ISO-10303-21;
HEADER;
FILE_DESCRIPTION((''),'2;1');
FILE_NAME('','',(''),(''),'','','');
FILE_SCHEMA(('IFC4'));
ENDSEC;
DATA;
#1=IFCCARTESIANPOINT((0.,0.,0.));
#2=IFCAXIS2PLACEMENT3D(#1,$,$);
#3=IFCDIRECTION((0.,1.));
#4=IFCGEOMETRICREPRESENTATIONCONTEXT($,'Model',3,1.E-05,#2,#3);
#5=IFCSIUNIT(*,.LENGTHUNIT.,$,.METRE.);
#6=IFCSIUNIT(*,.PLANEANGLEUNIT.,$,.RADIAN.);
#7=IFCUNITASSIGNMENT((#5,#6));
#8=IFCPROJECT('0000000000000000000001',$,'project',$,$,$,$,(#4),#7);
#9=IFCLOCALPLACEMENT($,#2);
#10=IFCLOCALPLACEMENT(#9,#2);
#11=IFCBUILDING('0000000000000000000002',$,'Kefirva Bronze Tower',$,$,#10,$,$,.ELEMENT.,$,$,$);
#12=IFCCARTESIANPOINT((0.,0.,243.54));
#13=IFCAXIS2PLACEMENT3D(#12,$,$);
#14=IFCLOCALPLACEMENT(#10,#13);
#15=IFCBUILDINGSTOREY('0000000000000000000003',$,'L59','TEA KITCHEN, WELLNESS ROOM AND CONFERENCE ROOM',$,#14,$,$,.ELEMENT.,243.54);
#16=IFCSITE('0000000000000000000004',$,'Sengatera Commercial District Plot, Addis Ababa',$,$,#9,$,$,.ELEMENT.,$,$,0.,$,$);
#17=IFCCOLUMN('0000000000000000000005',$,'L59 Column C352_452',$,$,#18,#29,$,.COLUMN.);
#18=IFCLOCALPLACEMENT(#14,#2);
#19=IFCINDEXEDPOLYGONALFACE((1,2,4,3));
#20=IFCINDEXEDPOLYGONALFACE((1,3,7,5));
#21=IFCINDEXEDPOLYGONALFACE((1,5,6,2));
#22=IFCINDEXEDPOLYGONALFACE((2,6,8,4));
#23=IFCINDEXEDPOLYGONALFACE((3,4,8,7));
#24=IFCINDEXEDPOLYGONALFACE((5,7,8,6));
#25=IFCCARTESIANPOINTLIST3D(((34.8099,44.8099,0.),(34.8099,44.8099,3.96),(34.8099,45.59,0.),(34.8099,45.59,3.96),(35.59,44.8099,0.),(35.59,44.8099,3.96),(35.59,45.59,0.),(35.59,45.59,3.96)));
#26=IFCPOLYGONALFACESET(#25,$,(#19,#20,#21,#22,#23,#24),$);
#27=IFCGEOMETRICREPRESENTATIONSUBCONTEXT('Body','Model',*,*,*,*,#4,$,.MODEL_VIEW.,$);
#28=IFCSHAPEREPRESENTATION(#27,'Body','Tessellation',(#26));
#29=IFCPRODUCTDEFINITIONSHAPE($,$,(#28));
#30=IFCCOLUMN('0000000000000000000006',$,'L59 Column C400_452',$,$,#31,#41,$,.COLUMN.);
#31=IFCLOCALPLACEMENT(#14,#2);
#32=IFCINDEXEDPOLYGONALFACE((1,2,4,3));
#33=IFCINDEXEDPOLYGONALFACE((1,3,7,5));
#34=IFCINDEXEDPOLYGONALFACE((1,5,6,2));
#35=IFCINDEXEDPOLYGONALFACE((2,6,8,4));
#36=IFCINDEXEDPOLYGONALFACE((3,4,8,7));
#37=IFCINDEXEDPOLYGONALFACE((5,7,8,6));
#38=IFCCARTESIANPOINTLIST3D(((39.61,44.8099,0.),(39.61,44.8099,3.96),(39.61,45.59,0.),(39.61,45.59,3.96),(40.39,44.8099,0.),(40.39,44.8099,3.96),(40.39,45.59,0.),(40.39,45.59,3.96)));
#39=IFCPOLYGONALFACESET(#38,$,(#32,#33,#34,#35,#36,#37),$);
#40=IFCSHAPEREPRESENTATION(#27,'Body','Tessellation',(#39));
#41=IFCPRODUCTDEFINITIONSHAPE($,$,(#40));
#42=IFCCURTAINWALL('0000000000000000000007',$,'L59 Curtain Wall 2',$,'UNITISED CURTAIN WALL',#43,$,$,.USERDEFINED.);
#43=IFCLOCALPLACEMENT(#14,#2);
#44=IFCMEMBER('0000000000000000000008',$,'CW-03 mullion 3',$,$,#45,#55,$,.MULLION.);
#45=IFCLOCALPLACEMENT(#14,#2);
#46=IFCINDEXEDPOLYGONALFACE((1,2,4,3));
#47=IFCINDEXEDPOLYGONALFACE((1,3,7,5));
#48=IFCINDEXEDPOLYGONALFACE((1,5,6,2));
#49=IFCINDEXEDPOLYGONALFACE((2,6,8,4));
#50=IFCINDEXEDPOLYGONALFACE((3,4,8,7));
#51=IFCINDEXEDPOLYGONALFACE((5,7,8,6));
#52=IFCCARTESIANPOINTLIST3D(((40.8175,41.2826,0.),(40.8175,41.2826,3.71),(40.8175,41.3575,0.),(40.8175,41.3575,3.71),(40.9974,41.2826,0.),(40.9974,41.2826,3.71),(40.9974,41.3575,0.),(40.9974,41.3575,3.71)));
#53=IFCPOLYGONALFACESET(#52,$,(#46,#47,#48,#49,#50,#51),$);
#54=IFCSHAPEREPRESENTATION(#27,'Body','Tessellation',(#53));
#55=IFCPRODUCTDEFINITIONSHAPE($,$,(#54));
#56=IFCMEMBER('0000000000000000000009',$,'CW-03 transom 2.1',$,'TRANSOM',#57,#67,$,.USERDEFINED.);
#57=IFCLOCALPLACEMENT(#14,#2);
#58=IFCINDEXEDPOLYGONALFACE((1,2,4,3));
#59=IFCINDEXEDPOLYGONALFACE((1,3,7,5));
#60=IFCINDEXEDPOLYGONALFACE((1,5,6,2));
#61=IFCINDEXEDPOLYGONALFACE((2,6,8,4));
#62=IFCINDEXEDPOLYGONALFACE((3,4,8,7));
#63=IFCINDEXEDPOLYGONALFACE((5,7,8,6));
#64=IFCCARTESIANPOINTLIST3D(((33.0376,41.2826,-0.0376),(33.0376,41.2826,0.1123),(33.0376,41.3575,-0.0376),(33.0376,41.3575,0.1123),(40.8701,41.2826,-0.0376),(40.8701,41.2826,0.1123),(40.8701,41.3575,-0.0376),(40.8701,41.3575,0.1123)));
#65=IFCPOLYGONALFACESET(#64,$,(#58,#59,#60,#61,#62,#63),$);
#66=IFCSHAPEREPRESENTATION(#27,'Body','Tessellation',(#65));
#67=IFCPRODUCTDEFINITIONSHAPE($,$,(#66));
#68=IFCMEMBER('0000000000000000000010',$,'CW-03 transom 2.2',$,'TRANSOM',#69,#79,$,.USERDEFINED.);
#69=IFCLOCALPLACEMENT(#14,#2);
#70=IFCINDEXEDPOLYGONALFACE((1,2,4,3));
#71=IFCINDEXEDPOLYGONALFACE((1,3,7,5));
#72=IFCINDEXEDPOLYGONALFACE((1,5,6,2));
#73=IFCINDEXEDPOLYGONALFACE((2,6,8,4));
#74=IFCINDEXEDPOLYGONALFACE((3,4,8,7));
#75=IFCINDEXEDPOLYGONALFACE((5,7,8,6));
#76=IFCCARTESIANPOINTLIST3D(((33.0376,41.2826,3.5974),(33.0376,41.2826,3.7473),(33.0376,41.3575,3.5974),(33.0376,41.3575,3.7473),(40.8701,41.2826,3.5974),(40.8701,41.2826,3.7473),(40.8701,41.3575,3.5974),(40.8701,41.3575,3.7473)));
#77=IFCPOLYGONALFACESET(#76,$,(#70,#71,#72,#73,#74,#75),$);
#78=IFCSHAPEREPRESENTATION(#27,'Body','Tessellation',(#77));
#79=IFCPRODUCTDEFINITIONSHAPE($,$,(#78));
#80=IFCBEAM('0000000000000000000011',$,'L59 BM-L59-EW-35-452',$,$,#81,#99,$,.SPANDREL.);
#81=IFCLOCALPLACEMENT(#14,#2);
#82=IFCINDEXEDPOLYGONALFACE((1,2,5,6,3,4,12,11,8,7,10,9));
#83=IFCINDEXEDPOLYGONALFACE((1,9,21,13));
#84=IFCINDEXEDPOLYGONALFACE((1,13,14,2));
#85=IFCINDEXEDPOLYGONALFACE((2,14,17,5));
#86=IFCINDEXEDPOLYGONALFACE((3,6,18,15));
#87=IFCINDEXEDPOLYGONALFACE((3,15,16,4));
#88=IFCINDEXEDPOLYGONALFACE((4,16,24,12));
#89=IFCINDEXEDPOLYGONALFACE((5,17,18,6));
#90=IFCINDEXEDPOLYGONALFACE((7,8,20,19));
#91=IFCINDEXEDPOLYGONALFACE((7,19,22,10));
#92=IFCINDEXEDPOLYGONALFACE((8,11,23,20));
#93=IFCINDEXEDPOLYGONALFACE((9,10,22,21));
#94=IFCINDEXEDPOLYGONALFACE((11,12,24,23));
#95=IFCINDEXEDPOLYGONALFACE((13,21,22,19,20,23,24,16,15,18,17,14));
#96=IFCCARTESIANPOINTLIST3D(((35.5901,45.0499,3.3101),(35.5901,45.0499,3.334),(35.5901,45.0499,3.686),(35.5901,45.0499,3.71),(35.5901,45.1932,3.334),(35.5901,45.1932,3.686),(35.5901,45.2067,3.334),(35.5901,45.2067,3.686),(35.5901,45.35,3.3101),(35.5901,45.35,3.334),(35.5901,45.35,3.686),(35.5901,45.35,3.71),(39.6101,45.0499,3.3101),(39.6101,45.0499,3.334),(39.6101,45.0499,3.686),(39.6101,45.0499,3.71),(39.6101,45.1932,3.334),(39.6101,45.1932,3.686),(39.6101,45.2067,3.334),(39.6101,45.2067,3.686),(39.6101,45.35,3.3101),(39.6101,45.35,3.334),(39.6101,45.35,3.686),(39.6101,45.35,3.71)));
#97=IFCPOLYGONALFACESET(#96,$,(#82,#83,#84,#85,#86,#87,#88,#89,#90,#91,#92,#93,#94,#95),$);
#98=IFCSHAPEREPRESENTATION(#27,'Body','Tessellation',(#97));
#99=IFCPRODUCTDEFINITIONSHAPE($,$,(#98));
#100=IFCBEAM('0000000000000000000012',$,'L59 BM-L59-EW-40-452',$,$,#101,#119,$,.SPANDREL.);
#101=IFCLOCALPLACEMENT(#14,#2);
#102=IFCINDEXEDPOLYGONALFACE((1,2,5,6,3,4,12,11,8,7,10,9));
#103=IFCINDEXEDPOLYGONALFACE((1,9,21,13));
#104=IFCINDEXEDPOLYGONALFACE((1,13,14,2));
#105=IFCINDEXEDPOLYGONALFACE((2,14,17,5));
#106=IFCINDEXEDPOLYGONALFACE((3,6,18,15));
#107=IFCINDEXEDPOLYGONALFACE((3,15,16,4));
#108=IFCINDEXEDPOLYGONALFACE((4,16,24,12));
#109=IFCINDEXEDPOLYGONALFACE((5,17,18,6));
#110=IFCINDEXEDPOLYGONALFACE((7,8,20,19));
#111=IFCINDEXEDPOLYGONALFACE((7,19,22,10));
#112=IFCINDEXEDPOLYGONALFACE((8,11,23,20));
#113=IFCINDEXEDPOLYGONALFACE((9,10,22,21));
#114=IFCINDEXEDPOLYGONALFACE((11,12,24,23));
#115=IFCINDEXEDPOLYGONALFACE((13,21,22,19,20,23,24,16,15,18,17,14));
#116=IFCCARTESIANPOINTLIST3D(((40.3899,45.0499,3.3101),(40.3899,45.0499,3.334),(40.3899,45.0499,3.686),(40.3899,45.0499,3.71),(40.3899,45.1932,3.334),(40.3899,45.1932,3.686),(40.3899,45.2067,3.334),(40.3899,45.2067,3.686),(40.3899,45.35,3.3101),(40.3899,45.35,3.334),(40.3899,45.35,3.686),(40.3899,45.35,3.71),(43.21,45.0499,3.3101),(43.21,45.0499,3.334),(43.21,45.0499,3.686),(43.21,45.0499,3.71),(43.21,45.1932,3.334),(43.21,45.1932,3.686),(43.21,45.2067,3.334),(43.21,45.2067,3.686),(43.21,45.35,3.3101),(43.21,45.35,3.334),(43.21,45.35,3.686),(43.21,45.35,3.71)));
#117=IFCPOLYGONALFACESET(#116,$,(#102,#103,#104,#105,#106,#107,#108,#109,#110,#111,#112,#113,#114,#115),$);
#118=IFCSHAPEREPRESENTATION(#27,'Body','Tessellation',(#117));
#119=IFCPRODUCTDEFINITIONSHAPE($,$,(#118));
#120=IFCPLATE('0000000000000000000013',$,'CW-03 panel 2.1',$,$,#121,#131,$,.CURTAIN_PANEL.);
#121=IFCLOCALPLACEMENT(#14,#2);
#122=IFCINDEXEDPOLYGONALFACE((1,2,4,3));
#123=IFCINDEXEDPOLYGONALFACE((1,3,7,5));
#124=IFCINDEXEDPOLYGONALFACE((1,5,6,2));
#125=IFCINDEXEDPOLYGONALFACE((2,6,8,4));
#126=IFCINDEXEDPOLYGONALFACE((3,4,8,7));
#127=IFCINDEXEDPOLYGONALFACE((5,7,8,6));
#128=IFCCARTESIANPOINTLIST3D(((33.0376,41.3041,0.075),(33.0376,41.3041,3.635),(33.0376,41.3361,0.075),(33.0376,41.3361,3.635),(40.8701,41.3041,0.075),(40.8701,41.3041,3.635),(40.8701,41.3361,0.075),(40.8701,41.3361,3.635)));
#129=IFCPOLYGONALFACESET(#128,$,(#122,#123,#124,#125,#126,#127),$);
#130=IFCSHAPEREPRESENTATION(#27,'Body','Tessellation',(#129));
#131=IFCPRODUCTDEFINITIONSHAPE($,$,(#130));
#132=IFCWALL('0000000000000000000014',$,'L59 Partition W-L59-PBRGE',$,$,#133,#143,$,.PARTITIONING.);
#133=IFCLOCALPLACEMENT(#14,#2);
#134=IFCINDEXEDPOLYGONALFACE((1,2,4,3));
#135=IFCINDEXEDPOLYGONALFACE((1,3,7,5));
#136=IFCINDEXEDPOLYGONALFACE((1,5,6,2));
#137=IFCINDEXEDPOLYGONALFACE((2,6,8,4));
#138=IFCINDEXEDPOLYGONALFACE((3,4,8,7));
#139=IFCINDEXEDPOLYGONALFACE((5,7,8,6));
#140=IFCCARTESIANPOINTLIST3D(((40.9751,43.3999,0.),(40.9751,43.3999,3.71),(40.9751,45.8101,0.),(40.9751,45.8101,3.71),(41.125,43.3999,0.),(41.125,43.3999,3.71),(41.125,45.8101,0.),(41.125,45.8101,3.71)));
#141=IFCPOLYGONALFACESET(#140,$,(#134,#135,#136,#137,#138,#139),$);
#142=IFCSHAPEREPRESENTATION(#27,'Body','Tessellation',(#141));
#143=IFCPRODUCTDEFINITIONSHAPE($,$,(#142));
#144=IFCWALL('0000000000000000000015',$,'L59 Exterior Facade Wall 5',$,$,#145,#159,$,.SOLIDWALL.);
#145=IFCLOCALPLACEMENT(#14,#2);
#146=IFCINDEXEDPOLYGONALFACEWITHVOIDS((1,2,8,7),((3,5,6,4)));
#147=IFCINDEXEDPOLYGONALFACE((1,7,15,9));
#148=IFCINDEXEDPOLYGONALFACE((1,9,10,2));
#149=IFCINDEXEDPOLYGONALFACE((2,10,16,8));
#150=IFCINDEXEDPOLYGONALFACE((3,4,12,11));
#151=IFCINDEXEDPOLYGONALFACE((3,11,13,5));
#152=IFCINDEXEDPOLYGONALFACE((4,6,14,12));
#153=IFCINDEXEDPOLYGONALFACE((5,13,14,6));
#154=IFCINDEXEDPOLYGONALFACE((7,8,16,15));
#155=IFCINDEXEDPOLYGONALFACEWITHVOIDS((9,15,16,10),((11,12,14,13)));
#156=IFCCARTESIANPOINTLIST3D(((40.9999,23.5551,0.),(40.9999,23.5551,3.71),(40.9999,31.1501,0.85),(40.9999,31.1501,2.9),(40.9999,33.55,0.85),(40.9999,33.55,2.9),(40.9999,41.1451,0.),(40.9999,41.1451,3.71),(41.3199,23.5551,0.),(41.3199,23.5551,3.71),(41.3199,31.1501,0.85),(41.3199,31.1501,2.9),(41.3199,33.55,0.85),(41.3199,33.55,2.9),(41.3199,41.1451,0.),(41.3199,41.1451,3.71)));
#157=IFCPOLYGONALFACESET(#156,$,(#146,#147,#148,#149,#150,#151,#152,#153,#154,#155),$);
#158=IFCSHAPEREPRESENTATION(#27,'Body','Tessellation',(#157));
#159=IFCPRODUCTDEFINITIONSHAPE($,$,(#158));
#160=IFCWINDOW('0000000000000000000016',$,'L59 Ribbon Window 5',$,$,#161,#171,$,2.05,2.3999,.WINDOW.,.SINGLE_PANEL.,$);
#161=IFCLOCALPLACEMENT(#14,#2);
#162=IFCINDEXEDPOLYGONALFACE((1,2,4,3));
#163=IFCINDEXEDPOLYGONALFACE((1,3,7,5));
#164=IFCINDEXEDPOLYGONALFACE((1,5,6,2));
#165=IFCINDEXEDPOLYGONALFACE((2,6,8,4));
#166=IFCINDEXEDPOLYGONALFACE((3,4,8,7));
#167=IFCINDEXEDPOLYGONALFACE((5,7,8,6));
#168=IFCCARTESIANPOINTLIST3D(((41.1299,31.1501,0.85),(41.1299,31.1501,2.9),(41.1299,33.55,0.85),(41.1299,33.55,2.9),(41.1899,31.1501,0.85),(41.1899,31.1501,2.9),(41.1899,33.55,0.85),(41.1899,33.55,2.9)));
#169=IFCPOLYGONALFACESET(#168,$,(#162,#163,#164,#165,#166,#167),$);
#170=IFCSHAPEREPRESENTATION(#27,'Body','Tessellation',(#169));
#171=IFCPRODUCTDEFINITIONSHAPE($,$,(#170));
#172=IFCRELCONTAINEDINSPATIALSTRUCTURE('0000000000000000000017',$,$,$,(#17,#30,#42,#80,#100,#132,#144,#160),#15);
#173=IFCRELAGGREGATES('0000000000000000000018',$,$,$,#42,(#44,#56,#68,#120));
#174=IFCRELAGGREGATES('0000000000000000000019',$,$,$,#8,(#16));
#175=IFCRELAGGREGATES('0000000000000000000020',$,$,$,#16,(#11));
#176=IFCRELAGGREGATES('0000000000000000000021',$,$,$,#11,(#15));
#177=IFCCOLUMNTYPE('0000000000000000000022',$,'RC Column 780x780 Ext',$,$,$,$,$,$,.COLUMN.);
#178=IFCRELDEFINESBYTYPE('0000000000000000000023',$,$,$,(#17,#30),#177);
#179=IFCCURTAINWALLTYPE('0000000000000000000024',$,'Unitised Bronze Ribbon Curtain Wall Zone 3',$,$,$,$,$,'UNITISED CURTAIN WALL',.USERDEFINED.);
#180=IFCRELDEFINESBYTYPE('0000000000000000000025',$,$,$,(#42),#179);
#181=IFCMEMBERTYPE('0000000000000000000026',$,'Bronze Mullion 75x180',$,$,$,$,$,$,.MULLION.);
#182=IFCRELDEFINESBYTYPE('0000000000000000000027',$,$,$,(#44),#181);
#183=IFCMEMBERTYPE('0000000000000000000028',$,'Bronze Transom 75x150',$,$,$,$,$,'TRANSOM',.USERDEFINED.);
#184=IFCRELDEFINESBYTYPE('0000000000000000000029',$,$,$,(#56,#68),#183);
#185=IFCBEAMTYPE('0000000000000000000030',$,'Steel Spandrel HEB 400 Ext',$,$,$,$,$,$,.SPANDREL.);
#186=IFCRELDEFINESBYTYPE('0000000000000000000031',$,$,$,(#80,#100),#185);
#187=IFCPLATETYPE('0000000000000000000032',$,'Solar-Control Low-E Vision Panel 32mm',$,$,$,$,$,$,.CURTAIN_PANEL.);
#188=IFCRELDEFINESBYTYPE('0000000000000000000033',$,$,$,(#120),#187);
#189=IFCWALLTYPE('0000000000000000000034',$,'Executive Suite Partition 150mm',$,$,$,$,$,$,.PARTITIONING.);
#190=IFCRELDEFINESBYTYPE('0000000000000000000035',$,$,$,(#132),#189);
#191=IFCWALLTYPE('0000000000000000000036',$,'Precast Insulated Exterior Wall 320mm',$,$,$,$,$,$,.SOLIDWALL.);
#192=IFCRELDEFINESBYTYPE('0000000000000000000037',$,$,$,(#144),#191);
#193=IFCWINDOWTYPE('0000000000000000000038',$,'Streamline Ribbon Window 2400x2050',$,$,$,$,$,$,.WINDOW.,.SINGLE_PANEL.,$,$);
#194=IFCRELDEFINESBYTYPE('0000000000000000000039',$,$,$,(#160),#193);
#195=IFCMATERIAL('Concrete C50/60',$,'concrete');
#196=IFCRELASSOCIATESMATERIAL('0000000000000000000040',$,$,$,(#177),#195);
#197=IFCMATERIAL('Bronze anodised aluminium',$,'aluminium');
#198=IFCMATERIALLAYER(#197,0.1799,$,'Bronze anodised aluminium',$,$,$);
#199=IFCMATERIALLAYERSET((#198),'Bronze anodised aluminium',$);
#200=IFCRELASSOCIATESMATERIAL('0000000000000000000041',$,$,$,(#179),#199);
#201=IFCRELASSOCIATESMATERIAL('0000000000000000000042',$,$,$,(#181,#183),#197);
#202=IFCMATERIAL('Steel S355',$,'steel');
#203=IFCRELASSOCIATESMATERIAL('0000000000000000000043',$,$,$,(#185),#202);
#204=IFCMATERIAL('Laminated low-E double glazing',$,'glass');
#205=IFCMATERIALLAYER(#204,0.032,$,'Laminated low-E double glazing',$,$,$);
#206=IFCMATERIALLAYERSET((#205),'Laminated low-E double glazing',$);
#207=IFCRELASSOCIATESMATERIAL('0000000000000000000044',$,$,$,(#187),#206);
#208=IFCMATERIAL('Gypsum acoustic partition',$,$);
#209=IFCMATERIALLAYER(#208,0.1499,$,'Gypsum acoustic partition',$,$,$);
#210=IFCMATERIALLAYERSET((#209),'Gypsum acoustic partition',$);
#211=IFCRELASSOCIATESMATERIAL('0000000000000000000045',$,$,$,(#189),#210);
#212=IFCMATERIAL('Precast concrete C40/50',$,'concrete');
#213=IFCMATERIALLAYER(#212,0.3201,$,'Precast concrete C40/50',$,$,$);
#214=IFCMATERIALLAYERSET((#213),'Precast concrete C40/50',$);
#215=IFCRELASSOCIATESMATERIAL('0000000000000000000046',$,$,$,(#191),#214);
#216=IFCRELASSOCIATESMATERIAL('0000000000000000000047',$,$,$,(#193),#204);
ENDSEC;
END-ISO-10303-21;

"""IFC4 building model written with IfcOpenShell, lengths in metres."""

from ifc_helpers import new_model, si_unit, direction, frame, frame_2d, origin, origin_2d, place, context, subcontext, project, spatial, rectangle, i_section, extrude, material, layer, layer_set, material_profile, profile_set, type_object, element, fill, aggregate, save


model = new_model("IFC4")

# Units and contexts
model_context = context("Model", 3, precision=1e-05, world=origin(), true_north=direction((0.0, 1.0)))
body_context = subcontext(model_context, "Body", "Model", "MODEL_VIEW")
ifc_project = project(units=[si_unit("LENGTHUNIT", "METRE"), si_unit("PLANEANGLEUNIT", "RADIAN")], contexts=[model_context])

# Site, building, storey
site_placement = place(None, origin())
site = spatial("IfcSite", under=ifc_project, at=site_placement, Name="Sengatera Commercial District Plot, Addis Ababa", CompositionType="ELEMENT", RefElevation=0.0)
building_placement = place(site_placement, origin())
building = spatial("IfcBuilding", under=site, at=building_placement, Name="Kefirva Bronze Tower", CompositionType="ELEMENT")
storey_placement = place(building_placement, frame((0.0, 0.0, 243.54)))
storey = spatial("IfcBuildingStorey", under=building, at=storey_placement, Name="L59", Description="TEA KITCHEN, WELLNESS ROOM AND CONFERENCE ROOM", CompositionType="ELEMENT", Elevation=243.54)

# Columns
ifc_material_1 = material(Name="Concrete C50/60", Category="concrete")
ifc_material_profile_1 = material_profile(ifc_material_1, rectangle(XDim=0.78, YDim=0.78, at=origin_2d()), Name="RC 780x780")
ifc_profile_set_1 = profile_set([ifc_material_profile_1], Name="Concrete C50/60")
column_type = type_object("IfcColumnType", Name="RC Column 780x780 Ext", PredefinedType="COLUMN", material=ifc_profile_set_1)
for number, where, z_axis, x_axis, name in (
    (1, (35.2, 45.2, 0.0), (0.0, 0.0, 1.0), (1.0, 0.0, 0.0), "L59 Column C352_452"),
    (2, (40.0, 45.2, 0.0), (0.0, 0.0, 1.0), (1.0, 0.0, 0.0), "L59 Column C400_452"),
):
    element("IfcColumn", number, at=place(storey_placement, frame(where, z_axis=z_axis, x_axis=x_axis)), inside=storey, type_object=column_type, Name=name, PredefinedType="COLUMN", context=body_context, shape_type="SweptSolid", body=[
        extrude(rectangle(XDim=0.78, YDim=0.78, at=origin_2d()), origin(), (0.0, 0.0, 1.0), 3.96),
    ])

# Curtain wall, members
ifc_material_2 = material(Name="Bronze anodised aluminium", Category="aluminium")
ifc_layer_1 = layer(ifc_material_2, 0.1799, Name="Bronze anodised aluminium")
ifc_layer_set_1 = layer_set([ifc_layer_1], Name="Bronze anodised aluminium")
curtain_wall_type = type_object("IfcCurtainWallType", Name="Unitised Bronze Ribbon Curtain Wall Zone 3", ElementType="UNITISED CURTAIN WALL", PredefinedType="USERDEFINED", material=ifc_layer_set_1)
curtain_wall_placement = place(storey_placement, origin())
curtain_wall = element("IfcCurtainWall", 3, at=curtain_wall_placement, inside=storey, type_object=curtain_wall_type, Name="L59 Curtain Wall 2", ObjectType="UNITISED CURTAIN WALL", PredefinedType="USERDEFINED")
ifc_material_profile_2 = material_profile(ifc_material_2, rectangle(XDim=0.075, YDim=0.1799, at=origin_2d()), Name="ALU 75x180")
ifc_profile_set_2 = profile_set([ifc_material_profile_2], Name="Bronze anodised aluminium")
member_type_1 = type_object("IfcMemberType", Name="Bronze Mullion 75x180", PredefinedType="MULLION", material=ifc_profile_set_2)
member_1_placement = place(storey_placement, frame((40.9075, 41.3201, 0.0), z_axis=(0.0, 0.0, 1.0), x_axis=(0.0, 1.0, 0.0)))
member_1 = element("IfcMember", 4, at=member_1_placement, type_object=member_type_1, Name="CW-03 mullion 3", PredefinedType="MULLION", context=body_context, shape_type="SweptSolid", body=[
    extrude(rectangle(XDim=0.075, YDim=0.1799, at=origin_2d()), origin(), (0.0, 0.0, 1.0), 3.71),
])
ifc_material_profile_3 = material_profile(ifc_material_2, rectangle(XDim=0.075, YDim=0.1499, at=origin_2d()), Name="ALU 75x150")
ifc_profile_set_3 = profile_set([ifc_material_profile_3], Name="Bronze anodised aluminium")
member_type_2 = type_object("IfcMemberType", Name="Bronze Transom 75x150", ElementType="TRANSOM", PredefinedType="USERDEFINED", material=ifc_profile_set_3)
member_2_placement = place(storey_placement, frame((33.0376, 41.3201, 0.0374), z_axis=(1.0, 0.0, 0.0), x_axis=(0.0, 1.0, 0.0)))
member_2 = element("IfcMember", 5, at=member_2_placement, type_object=member_type_2, Name="CW-03 transom 2.1", ObjectType="TRANSOM", PredefinedType="USERDEFINED", context=body_context, shape_type="SweptSolid", body=[
    extrude(rectangle(XDim=0.075, YDim=0.1499, at=origin_2d()), origin(), (0.0, 0.0, 1.0), 7.8325),
])
member_3_placement = place(storey_placement, frame((33.0376, 41.3201, 3.6724), z_axis=(1.0, 0.0, 0.0), x_axis=(0.0, 1.0, 0.0)))
member_3 = element("IfcMember", 6, at=member_3_placement, type_object=member_type_2, Name="CW-03 transom 2.2", ObjectType="TRANSOM", PredefinedType="USERDEFINED", context=body_context, shape_type="SweptSolid", body=[
    extrude(rectangle(XDim=0.075, YDim=0.1499, at=origin_2d()), origin(), (0.0, 0.0, 1.0), 7.8325),
])

# Beams
ifc_material_3 = material(Name="Steel S355", Category="steel")
ifc_material_profile_4 = material_profile(ifc_material_3, i_section(OverallWidth=0.3, OverallDepth=0.3999, WebThickness=0.0134, FlangeThickness=0.0239, at=origin_2d()), Name="HEB 400")
ifc_profile_set_4 = profile_set([ifc_material_profile_4], Name="Steel S355")
beam_type = type_object("IfcBeamType", Name="Steel Spandrel HEB 400 Ext", PredefinedType="SPANDREL", material=ifc_profile_set_4)
beam_1_placement = place(storey_placement, frame((35.5901, 45.2, 3.51), z_axis=(1.0, 0.0, 0.0), x_axis=(0.0, 1.0, 0.0)))
element("IfcBeam", 7, at=beam_1_placement, inside=storey, type_object=beam_type, Name="L59 BM-L59-EW-35-452", PredefinedType="SPANDREL", context=body_context, shape_type="SweptSolid", body=[
    extrude(i_section(OverallWidth=0.3, OverallDepth=0.3999, WebThickness=0.0134, FlangeThickness=0.0239, at=origin_2d()), origin(), (0.0, 0.0, 1.0), 4.02),
])
beam_2_placement = place(storey_placement, frame((40.3899, 45.2, 3.51), z_axis=(1.0, 0.0, 0.0), x_axis=(0.0, 1.0, 0.0)))
element("IfcBeam", 8, at=beam_2_placement, inside=storey, type_object=beam_type, Name="L59 BM-L59-EW-40-452", PredefinedType="SPANDREL", context=body_context, shape_type="SweptSolid", body=[
    extrude(i_section(OverallWidth=0.3, OverallDepth=0.3999, WebThickness=0.0134, FlangeThickness=0.0239, at=origin_2d()), origin(), (0.0, 0.0, 1.0), 2.8201),
])

# Plate
ifc_material_4 = material(Name="Laminated low-E double glazing", Category="glass")
ifc_layer_2 = layer(ifc_material_4, 0.032, Name="Laminated low-E double glazing")
ifc_layer_set_2 = layer_set([ifc_layer_2], Name="Laminated low-E double glazing")
plate_type = type_object("IfcPlateType", Name="Solar-Control Low-E Vision Panel 32mm", PredefinedType="CURTAIN_PANEL", material=ifc_layer_set_2)
plate_placement = place(storey_placement, frame((36.9539, 41.3201, 0.075), z_axis=(0.0, 0.0, 1.0), x_axis=(1.0, 0.0, 0.0)))
plate = element("IfcPlate", 9, at=plate_placement, type_object=plate_type, Name="CW-03 panel 2.1", PredefinedType="CURTAIN_PANEL", context=body_context, shape_type="SweptSolid", body=[
    extrude(rectangle(XDim=7.8325, YDim=0.032, at=origin_2d()), origin(), (0.0, 0.0, 1.0), 3.5601),
])
aggregate(curtain_wall, [member_1, member_2, member_3, plate])

# Wall
ifc_material_5 = material(Name="Gypsum acoustic partition")
ifc_layer_3 = layer(ifc_material_5, 0.1499, Name="Gypsum acoustic partition")
ifc_layer_set_3 = layer_set([ifc_layer_3], Name="Gypsum acoustic partition")
wall_type_1 = type_object("IfcWallType", Name="Executive Suite Partition 150mm", PredefinedType="PARTITIONING", material=ifc_layer_set_3)
wall_1_placement = place(storey_placement, frame((41.05, 43.3999, 0.0), z_axis=(0.0, 0.0, 1.0), x_axis=(0.0, 1.0, 0.0)))
element("IfcWall", 10, at=wall_1_placement, inside=storey, type_object=wall_type_1, Name="L59 Partition W-L59-PBRGE", PredefinedType="PARTITIONING", context=body_context, shape_type="SweptSolid", body=[
    extrude(rectangle(XDim=2.4102, YDim=0.1499, at=frame_2d((1.2051, 0.0))), origin(), (0.0, 0.0, 1.0), 3.71),
])

# Wall, opening, window
ifc_material_6 = material(Name="Precast concrete C40/50", Category="concrete")
ifc_layer_4 = layer(ifc_material_6, 0.3201, Name="Precast concrete C40/50")
ifc_layer_set_4 = layer_set([ifc_layer_4], Name="Precast concrete C40/50")
wall_type_2 = type_object("IfcWallType", Name="Precast Insulated Exterior Wall 320mm", PredefinedType="SOLIDWALL", material=ifc_layer_set_4)
wall_2_placement = place(storey_placement, frame((41.1599, 41.145, 0.0), z_axis=(0.0, 0.0, 1.0), x_axis=(0.0, -1.0, 0.0)))
wall_2 = element("IfcWall", 11, at=wall_2_placement, inside=storey, type_object=wall_type_2, Name="L59 Exterior Facade Wall 5", PredefinedType="SOLIDWALL", context=body_context, shape_type="SweptSolid", body=[
    extrude(rectangle(XDim=17.5901, YDim=0.3201, at=frame_2d((8.7949, 0.0))), origin(), (0.0, 0.0, 1.0), 3.71),
])
opening_placement = place(wall_2_placement, frame((7.595, 0.0, 0.8501)))
opening = element("IfcOpeningElement", 12, at=opening_placement, cuts=wall_2, PredefinedType="OPENING", context=body_context, shape_type="SweptSolid", body=[
    extrude(rectangle(XDim=2.3999, YDim=2.05, at=frame_2d((1.2, 1.0249))), frame((0.0, 0.1699, 0.0), z_axis=(0.0, -1.0, 0.0), x_axis=(1.0, 0.0, 0.0)), (0.0, 0.0, 1.0), 0.3401),
])
window_type = type_object("IfcWindowType", Name="Streamline Ribbon Window 2400x2050", PartitioningType="SINGLE_PANEL", PredefinedType="WINDOW", material=ifc_material_4)
window_placement = place(opening_placement, origin())
window = element("IfcWindow", 13, at=window_placement, inside=storey, type_object=window_type, Name="L59 Ribbon Window 5", OverallHeight=2.05, OverallWidth=2.3999, PartitioningType="SINGLE_PANEL", PredefinedType="WINDOW", context=body_context, shape_type="SweptSolid", body=[
    extrude(rectangle(XDim=2.3999, YDim=2.05, at=frame_2d((1.2, 1.0249))), frame((0.0, 0.03, 0.0), z_axis=(0.0, -1.0, 0.0), x_axis=(1.0, 0.0, 0.0)), (0.0, 0.0, 1.0), 0.0601),
])
fill(opening, window)

save(model, "model.ifc")
